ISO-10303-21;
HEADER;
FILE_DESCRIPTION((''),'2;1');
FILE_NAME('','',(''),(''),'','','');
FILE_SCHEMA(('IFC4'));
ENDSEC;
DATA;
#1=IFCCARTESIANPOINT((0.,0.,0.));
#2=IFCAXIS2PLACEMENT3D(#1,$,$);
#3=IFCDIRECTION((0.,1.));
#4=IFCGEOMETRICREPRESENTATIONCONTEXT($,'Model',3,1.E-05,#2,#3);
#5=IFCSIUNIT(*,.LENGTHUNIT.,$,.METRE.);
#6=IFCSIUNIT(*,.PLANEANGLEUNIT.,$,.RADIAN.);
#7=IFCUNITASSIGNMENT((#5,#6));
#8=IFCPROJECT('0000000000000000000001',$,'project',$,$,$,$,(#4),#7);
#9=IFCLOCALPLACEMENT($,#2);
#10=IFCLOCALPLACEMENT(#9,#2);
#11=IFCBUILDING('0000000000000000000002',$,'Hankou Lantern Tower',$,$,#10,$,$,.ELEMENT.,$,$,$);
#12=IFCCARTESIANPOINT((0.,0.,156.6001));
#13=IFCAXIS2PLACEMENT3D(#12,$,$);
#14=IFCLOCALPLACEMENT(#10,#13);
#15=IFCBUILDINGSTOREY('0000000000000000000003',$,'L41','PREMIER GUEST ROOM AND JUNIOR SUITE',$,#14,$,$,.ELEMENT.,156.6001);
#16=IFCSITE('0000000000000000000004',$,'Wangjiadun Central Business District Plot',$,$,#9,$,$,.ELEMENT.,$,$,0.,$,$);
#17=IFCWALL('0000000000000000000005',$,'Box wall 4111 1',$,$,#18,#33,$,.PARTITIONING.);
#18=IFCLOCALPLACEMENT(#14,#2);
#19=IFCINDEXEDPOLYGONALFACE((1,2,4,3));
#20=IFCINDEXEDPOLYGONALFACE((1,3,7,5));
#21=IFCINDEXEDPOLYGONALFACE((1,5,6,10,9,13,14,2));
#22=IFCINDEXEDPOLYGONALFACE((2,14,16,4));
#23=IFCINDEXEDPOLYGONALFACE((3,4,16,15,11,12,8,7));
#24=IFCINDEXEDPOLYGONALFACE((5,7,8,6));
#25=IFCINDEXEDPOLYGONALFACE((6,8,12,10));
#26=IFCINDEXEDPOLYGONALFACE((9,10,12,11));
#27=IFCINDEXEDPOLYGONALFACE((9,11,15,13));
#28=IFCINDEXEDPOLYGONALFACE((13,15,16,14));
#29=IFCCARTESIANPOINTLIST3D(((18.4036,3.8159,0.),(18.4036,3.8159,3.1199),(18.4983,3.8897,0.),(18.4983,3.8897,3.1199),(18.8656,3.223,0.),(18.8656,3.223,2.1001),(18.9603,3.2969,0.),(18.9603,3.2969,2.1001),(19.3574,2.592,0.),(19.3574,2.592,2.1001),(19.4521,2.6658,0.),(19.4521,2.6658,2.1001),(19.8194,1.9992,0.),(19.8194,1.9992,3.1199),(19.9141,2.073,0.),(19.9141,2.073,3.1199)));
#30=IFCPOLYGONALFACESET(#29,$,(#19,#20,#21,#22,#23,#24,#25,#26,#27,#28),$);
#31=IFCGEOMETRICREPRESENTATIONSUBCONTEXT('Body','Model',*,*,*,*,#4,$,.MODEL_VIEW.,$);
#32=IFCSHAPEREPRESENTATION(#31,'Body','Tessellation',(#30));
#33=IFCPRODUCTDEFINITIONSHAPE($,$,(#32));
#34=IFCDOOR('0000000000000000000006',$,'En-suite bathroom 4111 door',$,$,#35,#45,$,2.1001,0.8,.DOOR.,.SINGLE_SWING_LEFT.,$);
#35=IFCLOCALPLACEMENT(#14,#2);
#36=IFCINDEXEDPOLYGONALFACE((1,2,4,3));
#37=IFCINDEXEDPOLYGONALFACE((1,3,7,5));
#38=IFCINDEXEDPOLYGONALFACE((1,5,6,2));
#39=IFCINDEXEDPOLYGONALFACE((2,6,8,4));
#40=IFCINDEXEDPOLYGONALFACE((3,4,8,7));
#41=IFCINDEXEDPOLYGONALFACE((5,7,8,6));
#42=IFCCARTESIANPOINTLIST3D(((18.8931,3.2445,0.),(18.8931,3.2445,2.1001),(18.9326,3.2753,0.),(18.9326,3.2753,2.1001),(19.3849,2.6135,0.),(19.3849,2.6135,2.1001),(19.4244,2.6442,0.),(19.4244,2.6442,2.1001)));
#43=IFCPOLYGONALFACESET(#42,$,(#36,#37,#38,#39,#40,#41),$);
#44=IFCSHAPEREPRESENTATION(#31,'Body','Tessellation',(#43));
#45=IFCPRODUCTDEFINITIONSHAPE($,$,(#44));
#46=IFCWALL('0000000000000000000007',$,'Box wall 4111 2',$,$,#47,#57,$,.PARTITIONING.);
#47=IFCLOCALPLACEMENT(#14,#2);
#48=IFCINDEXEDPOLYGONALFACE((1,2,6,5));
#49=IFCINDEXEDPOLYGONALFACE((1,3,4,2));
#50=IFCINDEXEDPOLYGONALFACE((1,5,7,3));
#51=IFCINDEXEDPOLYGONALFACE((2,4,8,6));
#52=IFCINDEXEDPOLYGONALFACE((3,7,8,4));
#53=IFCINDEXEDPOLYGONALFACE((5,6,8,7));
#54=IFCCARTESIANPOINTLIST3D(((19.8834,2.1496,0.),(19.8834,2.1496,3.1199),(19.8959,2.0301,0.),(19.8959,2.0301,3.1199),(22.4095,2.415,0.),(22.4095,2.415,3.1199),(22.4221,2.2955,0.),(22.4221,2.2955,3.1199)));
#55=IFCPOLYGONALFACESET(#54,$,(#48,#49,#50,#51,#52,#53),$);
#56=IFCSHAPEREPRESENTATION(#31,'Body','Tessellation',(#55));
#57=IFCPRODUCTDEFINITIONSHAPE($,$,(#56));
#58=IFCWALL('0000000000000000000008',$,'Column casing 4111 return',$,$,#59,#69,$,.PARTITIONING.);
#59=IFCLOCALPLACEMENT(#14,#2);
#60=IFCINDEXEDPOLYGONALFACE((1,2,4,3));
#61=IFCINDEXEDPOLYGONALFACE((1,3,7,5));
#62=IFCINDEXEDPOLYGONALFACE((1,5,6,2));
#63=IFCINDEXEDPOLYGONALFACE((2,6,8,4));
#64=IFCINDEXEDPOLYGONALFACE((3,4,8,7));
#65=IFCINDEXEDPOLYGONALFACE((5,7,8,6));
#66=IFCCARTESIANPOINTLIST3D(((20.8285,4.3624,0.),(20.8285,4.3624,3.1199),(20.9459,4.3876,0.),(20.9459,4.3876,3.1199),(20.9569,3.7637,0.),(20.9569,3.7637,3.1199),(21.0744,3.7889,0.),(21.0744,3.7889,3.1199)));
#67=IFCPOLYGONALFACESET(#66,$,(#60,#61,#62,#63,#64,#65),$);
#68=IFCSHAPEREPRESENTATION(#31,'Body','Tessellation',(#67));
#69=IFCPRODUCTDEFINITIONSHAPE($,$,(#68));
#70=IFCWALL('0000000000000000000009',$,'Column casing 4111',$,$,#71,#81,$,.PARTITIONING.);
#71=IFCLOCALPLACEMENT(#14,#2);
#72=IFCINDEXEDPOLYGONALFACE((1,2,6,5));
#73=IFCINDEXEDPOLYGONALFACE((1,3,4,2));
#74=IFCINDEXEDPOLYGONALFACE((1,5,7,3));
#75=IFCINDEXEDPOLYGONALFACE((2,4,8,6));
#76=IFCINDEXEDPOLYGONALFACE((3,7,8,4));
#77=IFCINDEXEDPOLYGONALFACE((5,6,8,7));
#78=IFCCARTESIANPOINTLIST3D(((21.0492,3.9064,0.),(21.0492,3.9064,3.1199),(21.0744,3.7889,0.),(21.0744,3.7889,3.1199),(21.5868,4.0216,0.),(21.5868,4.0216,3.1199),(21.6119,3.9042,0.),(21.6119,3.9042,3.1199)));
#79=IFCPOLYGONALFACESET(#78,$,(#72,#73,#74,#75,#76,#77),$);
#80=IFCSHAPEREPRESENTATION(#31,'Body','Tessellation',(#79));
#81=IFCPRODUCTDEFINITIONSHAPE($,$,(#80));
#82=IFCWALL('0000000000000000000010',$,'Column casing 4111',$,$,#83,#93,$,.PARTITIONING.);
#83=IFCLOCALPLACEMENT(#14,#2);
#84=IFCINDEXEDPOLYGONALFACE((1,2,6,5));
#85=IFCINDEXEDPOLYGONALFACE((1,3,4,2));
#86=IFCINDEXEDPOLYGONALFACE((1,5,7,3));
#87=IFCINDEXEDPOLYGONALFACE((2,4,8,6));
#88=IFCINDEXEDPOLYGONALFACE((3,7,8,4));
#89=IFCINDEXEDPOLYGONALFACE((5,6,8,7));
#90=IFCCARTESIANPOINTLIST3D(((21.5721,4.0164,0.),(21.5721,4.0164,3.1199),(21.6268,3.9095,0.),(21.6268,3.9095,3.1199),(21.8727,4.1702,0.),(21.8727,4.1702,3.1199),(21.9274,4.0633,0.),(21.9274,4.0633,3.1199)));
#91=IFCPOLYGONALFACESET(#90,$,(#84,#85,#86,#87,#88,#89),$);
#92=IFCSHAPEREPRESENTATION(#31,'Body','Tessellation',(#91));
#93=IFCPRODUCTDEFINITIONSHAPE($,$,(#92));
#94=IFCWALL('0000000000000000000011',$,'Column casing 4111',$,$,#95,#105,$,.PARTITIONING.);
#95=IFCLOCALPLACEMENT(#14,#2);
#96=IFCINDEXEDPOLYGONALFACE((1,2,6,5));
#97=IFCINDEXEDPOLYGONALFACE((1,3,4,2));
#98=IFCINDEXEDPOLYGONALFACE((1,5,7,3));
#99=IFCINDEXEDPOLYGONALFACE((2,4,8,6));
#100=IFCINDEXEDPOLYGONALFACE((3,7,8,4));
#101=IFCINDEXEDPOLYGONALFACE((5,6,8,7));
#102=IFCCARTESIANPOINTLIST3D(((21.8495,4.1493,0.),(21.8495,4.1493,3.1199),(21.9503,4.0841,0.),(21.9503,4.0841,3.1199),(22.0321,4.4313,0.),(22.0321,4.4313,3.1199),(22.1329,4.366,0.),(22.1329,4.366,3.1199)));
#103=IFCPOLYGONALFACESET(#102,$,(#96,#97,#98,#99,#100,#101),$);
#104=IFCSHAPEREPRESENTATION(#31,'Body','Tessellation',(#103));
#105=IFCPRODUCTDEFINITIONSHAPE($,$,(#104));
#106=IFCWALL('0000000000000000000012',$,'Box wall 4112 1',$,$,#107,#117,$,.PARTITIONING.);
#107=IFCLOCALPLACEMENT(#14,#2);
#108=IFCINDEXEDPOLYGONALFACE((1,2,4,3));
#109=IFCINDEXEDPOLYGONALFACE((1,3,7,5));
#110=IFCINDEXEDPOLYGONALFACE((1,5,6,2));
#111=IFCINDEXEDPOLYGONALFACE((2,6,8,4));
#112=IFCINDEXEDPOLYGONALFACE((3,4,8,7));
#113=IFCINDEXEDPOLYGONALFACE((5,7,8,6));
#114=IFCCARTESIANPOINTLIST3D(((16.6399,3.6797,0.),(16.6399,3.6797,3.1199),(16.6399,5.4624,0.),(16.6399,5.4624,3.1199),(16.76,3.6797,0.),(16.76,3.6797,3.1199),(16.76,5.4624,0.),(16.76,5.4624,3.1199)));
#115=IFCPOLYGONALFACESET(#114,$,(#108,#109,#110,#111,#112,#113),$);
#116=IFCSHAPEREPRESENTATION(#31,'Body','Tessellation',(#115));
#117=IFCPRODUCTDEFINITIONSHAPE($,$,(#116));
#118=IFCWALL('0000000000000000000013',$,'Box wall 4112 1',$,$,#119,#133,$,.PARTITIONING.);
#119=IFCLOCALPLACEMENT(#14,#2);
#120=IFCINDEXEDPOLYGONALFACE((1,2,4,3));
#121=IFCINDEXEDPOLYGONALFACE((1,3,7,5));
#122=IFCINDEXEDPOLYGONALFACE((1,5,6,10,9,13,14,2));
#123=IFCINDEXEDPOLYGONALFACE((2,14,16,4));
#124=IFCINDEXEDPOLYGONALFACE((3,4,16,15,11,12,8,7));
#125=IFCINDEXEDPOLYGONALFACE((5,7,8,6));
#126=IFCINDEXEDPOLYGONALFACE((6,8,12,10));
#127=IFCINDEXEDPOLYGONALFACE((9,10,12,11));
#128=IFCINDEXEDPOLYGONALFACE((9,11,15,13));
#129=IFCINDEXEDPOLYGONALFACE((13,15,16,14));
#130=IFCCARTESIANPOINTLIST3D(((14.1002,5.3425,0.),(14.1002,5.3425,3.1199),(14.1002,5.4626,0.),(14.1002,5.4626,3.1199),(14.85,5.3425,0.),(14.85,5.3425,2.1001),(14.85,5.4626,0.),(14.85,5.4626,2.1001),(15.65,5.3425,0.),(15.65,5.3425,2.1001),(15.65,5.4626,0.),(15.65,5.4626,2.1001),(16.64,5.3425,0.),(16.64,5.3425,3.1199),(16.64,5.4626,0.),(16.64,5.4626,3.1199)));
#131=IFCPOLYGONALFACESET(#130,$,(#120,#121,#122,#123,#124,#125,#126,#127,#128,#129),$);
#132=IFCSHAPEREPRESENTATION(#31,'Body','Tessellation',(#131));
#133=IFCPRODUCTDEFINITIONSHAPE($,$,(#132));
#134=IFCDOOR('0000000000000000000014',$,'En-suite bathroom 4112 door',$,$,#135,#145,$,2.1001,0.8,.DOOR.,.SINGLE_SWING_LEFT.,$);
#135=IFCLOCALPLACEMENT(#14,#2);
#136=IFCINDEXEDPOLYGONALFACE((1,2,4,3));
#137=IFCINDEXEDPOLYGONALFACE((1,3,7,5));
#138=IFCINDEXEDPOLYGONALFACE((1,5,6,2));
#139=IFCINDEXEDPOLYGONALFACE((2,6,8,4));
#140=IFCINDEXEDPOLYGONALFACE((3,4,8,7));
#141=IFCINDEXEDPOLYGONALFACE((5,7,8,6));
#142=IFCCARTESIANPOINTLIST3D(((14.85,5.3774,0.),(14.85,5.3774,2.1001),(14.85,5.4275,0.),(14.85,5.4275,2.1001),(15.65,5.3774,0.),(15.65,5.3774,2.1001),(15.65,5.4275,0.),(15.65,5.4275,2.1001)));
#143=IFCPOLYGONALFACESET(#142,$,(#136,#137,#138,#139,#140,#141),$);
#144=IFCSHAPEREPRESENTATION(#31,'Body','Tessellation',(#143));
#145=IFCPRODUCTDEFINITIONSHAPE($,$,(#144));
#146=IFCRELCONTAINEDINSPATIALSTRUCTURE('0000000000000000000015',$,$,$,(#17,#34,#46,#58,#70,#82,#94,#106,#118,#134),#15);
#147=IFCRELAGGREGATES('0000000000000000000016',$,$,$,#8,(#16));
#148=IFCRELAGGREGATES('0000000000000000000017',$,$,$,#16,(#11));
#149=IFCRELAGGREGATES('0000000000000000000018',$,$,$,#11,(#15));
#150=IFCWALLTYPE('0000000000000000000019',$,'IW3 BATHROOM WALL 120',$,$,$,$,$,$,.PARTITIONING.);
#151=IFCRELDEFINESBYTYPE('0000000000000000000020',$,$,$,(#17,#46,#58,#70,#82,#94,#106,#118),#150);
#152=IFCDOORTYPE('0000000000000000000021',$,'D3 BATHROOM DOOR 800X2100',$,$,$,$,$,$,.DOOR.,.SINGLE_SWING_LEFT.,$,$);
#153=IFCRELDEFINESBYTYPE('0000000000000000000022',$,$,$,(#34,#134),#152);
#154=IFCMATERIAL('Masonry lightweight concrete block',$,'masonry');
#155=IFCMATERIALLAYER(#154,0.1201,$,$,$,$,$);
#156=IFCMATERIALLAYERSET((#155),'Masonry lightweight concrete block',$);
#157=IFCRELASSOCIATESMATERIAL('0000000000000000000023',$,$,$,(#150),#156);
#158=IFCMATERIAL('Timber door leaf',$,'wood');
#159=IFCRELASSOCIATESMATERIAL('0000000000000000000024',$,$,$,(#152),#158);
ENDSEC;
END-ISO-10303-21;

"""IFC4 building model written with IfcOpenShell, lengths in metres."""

from ifc_helpers import new_model, si_unit, direction, frame, frame_2d, origin, place, context, subcontext, project, spatial, rectangle, extrude, material, layer, layer_set, type_object, element, fill, save


model = new_model("IFC4")

# Units and contexts
model_context = context("Model", 3, precision=1e-05, world=origin(), true_north=direction((0.0, 1.0)))
body_context = subcontext(model_context, "Body", "Model", "MODEL_VIEW")
ifc_project = project(units=[si_unit("LENGTHUNIT", "METRE"), si_unit("PLANEANGLEUNIT", "RADIAN")], contexts=[model_context])

# Site, building, storey
site_placement = place(None, origin())
site = spatial("IfcSite", under=ifc_project, at=site_placement, Name="Wangjiadun Central Business District Plot", CompositionType="ELEMENT", RefElevation=0.0)
building_placement = place(site_placement, origin())
building = spatial("IfcBuilding", under=site, at=building_placement, Name="Hankou Lantern Tower", CompositionType="ELEMENT")
storey_placement = place(building_placement, frame((0.0, 0.0, 156.6001)))
storey = spatial("IfcBuildingStorey", under=building, at=storey_placement, Name="L41", Description="PREMIER GUEST ROOM AND JUNIOR SUITE", CompositionType="ELEMENT", Elevation=156.6001)

# Wall, opening, door
ifc_material_1 = material(Name="Masonry lightweight concrete block", Category="masonry")
ifc_layer_1 = layer(ifc_material_1, 0.1201)
ifc_layer_set_1 = layer_set([ifc_layer_1], Name="Masonry lightweight concrete block")
wall_type_1 = type_object("IfcWallType", Name="IW3 BATHROOM WALL 120", PredefinedType="PARTITIONING", material=ifc_layer_set_1)
wall_1_placement = place(storey_placement, frame((18.4509, 3.8528, 0.0), z_axis=(0.0, 0.0, 1.0), x_axis=(0.614704, -0.788758, 0.0)))
wall_1 = element("IfcWall", 1, at=wall_1_placement, inside=storey, type_object=wall_type_1, Name="Box wall 4111 1", PredefinedType="PARTITIONING", context=body_context, shape_type="SweptSolid", body=[
    extrude(rectangle(XDim=2.3032, YDim=0.1201, at=frame_2d((1.1516, 0.0))), origin(), (0.0, 0.0, 1.0), 3.1199),
])
opening_1_placement = place(wall_1_placement, frame((0.7517, 0.0, 0.0)))
opening_1 = element("IfcOpeningElement", 2, at=opening_1_placement, cuts=wall_1, PredefinedType="OPENING", context=body_context, shape_type="SweptSolid", body=[
    extrude(rectangle(XDim=0.8, YDim=2.1001, at=frame_2d((0.3999, 1.05))), frame((0.0, 0.0701, 0.0), z_axis=(0.0, -1.0, 0.0), x_axis=(1.0, 0.0, 0.0)), (0.0, 0.0, 1.0), 0.1401),
])
ifc_material_2 = material(Name="Timber door leaf", Category="wood")
door_type = type_object("IfcDoorType", Name="D3 BATHROOM DOOR 800X2100", OperationType="SINGLE_SWING_LEFT", PredefinedType="DOOR", material=ifc_material_2)
door_1_placement = place(opening_1_placement, origin())
door_1 = element("IfcDoor", 3, at=door_1_placement, inside=storey, type_object=door_type, Name="En-suite bathroom 4111 door", OperationType="SINGLE_SWING_LEFT", OverallHeight=2.1001, OverallWidth=0.8, PredefinedType="DOOR", context=body_context, shape_type="SweptSolid", body=[
    extrude(rectangle(XDim=0.8, YDim=2.1001, at=frame_2d((0.3999, 1.05))), frame((0.0, 0.0249, 0.0), z_axis=(0.0, -1.0, 0.0), x_axis=(1.0, 0.0, 0.0)), (0.0, 0.0, 1.0), 0.05),
])
fill(opening_1, door_1)

# Walls
wall_2_placement = place(storey_placement, frame((19.8896, 2.0898, 0.0), z_axis=(0.0, 0.0, 1.0), x_axis=(0.994527, 0.10448, 0.0)))
element("IfcWall", 4, at=wall_2_placement, inside=storey, type_object=wall_type_1, Name="Box wall 4111 2", PredefinedType="PARTITIONING", context=body_context, shape_type="SweptSolid", body=[
    extrude(rectangle(XDim=2.54, YDim=0.1201, at=frame_2d((1.27, 0.0))), origin(), (0.0, 0.0, 1.0), 3.1199),
])
wall_3_placement = place(storey_placement, frame((20.8872, 4.375, 0.0), z_axis=(0.0, 0.0, 1.0), x_axis=(0.209747, -0.977756, 0.0)))
element("IfcWall", 5, at=wall_3_placement, inside=storey, type_object=wall_type_1, Name="Column casing 4111 return", PredefinedType="PARTITIONING", context=body_context, shape_type="SweptSolid", body=[
    extrude(rectangle(XDim=0.6123, YDim=0.1201, at=frame_2d((0.3062, 0.0))), origin(), (0.0, 0.0, 1.0), 3.1199),
])
wall_4_placement = place(storey_placement, frame((21.0618, 3.8477, 0.0), z_axis=(0.0, 0.0, 1.0), x_axis=(0.977789, 0.20959, 0.0)))
element("IfcWall", 6, at=wall_4_placement, inside=storey, type_object=wall_type_1, Name="Column casing 4111", PredefinedType="PARTITIONING", context=body_context, shape_type="SweptSolid", body=[
    extrude(rectangle(XDim=0.5498, YDim=0.1201, at=frame_2d((0.2749, 0.0))), origin(), (0.0, 0.0, 1.0), 3.1199),
])
wall_5_placement = place(storey_placement, frame((21.5994, 3.9629, 0.0), z_axis=(0.0, 0.0, 1.0), x_axis=(0.890194, 0.455582, 0.0)))
element("IfcWall", 7, at=wall_5_placement, inside=storey, type_object=wall_type_1, Name="Column casing 4111", PredefinedType="PARTITIONING", context=body_context, shape_type="SweptSolid", body=[
    extrude(rectangle(XDim=0.3376, YDim=0.1201, at=frame_2d((0.1689, 0.0))), origin(), (0.0, 0.0, 1.0), 3.1199),
])
wall_6_placement = place(storey_placement, frame((21.8999, 4.1167, 0.0), z_axis=(0.0, 0.0, 1.0), x_axis=(0.543583, 0.839356, 0.0)))
element("IfcWall", 8, at=wall_6_placement, inside=storey, type_object=wall_type_1, Name="Column casing 4111", PredefinedType="PARTITIONING", context=body_context, shape_type="SweptSolid", body=[
    extrude(rectangle(XDim=0.3359, YDim=0.1201, at=frame_2d((0.168, 0.0))), origin(), (0.0, 0.0, 1.0), 3.1199),
])
wall_7_placement = place(storey_placement, frame((16.7, 3.6797, 0.0), z_axis=(0.0, 0.0, 1.0), x_axis=(0.0, 1.0, 0.0)))
element("IfcWall", 9, at=wall_7_placement, inside=storey, type_object=wall_type_1, Name="Box wall 4112 1", PredefinedType="PARTITIONING", context=body_context, shape_type="SweptSolid", body=[
    extrude(rectangle(XDim=1.7827, YDim=0.1201, at=frame_2d((0.8914, 0.0))), origin(), (0.0, 0.0, 1.0), 3.1199),
])

# Wall, opening, door
wall_8_placement = place(storey_placement, frame((14.1001, 5.4026, 0.0), z_axis=(0.0, 0.0, 1.0), x_axis=(1.0, 0.0, 0.0)))
wall_8 = element("IfcWall", 10, at=wall_8_placement, inside=storey, type_object=wall_type_1, Name="Box wall 4112 1", PredefinedType="PARTITIONING", context=body_context, shape_type="SweptSolid", body=[
    extrude(rectangle(XDim=2.5398, YDim=0.1201, at=frame_2d((1.27, 0.0))), origin(), (0.0, 0.0, 1.0), 3.1199),
])
opening_2_placement = place(wall_8_placement, frame((0.75, 0.0, 0.0)))
opening_2 = element("IfcOpeningElement", 11, at=opening_2_placement, cuts=wall_8, PredefinedType="OPENING", context=body_context, shape_type="SweptSolid", body=[
    extrude(rectangle(XDim=0.8, YDim=2.1001, at=frame_2d((0.3999, 1.05))), frame((0.0, 0.0701, 0.0), z_axis=(0.0, -1.0, 0.0), x_axis=(1.0, 0.0, 0.0)), (0.0, 0.0, 1.0), 0.1401),
])
door_2_placement = place(opening_2_placement, origin())
door_2 = element("IfcDoor", 12, at=door_2_placement, inside=storey, type_object=door_type, Name="En-suite bathroom 4112 door", OperationType="SINGLE_SWING_LEFT", OverallHeight=2.1001, OverallWidth=0.8, PredefinedType="DOOR", context=body_context, shape_type="SweptSolid", body=[
    extrude(rectangle(XDim=0.8, YDim=2.1001, at=frame_2d((0.3999, 1.05))), frame((0.0, 0.0249, 0.0), z_axis=(0.0, -1.0, 0.0), x_axis=(1.0, 0.0, 0.0)), (0.0, 0.0, 1.0), 0.05),
])
fill(opening_2, door_2)

save(model, "model.ifc")
